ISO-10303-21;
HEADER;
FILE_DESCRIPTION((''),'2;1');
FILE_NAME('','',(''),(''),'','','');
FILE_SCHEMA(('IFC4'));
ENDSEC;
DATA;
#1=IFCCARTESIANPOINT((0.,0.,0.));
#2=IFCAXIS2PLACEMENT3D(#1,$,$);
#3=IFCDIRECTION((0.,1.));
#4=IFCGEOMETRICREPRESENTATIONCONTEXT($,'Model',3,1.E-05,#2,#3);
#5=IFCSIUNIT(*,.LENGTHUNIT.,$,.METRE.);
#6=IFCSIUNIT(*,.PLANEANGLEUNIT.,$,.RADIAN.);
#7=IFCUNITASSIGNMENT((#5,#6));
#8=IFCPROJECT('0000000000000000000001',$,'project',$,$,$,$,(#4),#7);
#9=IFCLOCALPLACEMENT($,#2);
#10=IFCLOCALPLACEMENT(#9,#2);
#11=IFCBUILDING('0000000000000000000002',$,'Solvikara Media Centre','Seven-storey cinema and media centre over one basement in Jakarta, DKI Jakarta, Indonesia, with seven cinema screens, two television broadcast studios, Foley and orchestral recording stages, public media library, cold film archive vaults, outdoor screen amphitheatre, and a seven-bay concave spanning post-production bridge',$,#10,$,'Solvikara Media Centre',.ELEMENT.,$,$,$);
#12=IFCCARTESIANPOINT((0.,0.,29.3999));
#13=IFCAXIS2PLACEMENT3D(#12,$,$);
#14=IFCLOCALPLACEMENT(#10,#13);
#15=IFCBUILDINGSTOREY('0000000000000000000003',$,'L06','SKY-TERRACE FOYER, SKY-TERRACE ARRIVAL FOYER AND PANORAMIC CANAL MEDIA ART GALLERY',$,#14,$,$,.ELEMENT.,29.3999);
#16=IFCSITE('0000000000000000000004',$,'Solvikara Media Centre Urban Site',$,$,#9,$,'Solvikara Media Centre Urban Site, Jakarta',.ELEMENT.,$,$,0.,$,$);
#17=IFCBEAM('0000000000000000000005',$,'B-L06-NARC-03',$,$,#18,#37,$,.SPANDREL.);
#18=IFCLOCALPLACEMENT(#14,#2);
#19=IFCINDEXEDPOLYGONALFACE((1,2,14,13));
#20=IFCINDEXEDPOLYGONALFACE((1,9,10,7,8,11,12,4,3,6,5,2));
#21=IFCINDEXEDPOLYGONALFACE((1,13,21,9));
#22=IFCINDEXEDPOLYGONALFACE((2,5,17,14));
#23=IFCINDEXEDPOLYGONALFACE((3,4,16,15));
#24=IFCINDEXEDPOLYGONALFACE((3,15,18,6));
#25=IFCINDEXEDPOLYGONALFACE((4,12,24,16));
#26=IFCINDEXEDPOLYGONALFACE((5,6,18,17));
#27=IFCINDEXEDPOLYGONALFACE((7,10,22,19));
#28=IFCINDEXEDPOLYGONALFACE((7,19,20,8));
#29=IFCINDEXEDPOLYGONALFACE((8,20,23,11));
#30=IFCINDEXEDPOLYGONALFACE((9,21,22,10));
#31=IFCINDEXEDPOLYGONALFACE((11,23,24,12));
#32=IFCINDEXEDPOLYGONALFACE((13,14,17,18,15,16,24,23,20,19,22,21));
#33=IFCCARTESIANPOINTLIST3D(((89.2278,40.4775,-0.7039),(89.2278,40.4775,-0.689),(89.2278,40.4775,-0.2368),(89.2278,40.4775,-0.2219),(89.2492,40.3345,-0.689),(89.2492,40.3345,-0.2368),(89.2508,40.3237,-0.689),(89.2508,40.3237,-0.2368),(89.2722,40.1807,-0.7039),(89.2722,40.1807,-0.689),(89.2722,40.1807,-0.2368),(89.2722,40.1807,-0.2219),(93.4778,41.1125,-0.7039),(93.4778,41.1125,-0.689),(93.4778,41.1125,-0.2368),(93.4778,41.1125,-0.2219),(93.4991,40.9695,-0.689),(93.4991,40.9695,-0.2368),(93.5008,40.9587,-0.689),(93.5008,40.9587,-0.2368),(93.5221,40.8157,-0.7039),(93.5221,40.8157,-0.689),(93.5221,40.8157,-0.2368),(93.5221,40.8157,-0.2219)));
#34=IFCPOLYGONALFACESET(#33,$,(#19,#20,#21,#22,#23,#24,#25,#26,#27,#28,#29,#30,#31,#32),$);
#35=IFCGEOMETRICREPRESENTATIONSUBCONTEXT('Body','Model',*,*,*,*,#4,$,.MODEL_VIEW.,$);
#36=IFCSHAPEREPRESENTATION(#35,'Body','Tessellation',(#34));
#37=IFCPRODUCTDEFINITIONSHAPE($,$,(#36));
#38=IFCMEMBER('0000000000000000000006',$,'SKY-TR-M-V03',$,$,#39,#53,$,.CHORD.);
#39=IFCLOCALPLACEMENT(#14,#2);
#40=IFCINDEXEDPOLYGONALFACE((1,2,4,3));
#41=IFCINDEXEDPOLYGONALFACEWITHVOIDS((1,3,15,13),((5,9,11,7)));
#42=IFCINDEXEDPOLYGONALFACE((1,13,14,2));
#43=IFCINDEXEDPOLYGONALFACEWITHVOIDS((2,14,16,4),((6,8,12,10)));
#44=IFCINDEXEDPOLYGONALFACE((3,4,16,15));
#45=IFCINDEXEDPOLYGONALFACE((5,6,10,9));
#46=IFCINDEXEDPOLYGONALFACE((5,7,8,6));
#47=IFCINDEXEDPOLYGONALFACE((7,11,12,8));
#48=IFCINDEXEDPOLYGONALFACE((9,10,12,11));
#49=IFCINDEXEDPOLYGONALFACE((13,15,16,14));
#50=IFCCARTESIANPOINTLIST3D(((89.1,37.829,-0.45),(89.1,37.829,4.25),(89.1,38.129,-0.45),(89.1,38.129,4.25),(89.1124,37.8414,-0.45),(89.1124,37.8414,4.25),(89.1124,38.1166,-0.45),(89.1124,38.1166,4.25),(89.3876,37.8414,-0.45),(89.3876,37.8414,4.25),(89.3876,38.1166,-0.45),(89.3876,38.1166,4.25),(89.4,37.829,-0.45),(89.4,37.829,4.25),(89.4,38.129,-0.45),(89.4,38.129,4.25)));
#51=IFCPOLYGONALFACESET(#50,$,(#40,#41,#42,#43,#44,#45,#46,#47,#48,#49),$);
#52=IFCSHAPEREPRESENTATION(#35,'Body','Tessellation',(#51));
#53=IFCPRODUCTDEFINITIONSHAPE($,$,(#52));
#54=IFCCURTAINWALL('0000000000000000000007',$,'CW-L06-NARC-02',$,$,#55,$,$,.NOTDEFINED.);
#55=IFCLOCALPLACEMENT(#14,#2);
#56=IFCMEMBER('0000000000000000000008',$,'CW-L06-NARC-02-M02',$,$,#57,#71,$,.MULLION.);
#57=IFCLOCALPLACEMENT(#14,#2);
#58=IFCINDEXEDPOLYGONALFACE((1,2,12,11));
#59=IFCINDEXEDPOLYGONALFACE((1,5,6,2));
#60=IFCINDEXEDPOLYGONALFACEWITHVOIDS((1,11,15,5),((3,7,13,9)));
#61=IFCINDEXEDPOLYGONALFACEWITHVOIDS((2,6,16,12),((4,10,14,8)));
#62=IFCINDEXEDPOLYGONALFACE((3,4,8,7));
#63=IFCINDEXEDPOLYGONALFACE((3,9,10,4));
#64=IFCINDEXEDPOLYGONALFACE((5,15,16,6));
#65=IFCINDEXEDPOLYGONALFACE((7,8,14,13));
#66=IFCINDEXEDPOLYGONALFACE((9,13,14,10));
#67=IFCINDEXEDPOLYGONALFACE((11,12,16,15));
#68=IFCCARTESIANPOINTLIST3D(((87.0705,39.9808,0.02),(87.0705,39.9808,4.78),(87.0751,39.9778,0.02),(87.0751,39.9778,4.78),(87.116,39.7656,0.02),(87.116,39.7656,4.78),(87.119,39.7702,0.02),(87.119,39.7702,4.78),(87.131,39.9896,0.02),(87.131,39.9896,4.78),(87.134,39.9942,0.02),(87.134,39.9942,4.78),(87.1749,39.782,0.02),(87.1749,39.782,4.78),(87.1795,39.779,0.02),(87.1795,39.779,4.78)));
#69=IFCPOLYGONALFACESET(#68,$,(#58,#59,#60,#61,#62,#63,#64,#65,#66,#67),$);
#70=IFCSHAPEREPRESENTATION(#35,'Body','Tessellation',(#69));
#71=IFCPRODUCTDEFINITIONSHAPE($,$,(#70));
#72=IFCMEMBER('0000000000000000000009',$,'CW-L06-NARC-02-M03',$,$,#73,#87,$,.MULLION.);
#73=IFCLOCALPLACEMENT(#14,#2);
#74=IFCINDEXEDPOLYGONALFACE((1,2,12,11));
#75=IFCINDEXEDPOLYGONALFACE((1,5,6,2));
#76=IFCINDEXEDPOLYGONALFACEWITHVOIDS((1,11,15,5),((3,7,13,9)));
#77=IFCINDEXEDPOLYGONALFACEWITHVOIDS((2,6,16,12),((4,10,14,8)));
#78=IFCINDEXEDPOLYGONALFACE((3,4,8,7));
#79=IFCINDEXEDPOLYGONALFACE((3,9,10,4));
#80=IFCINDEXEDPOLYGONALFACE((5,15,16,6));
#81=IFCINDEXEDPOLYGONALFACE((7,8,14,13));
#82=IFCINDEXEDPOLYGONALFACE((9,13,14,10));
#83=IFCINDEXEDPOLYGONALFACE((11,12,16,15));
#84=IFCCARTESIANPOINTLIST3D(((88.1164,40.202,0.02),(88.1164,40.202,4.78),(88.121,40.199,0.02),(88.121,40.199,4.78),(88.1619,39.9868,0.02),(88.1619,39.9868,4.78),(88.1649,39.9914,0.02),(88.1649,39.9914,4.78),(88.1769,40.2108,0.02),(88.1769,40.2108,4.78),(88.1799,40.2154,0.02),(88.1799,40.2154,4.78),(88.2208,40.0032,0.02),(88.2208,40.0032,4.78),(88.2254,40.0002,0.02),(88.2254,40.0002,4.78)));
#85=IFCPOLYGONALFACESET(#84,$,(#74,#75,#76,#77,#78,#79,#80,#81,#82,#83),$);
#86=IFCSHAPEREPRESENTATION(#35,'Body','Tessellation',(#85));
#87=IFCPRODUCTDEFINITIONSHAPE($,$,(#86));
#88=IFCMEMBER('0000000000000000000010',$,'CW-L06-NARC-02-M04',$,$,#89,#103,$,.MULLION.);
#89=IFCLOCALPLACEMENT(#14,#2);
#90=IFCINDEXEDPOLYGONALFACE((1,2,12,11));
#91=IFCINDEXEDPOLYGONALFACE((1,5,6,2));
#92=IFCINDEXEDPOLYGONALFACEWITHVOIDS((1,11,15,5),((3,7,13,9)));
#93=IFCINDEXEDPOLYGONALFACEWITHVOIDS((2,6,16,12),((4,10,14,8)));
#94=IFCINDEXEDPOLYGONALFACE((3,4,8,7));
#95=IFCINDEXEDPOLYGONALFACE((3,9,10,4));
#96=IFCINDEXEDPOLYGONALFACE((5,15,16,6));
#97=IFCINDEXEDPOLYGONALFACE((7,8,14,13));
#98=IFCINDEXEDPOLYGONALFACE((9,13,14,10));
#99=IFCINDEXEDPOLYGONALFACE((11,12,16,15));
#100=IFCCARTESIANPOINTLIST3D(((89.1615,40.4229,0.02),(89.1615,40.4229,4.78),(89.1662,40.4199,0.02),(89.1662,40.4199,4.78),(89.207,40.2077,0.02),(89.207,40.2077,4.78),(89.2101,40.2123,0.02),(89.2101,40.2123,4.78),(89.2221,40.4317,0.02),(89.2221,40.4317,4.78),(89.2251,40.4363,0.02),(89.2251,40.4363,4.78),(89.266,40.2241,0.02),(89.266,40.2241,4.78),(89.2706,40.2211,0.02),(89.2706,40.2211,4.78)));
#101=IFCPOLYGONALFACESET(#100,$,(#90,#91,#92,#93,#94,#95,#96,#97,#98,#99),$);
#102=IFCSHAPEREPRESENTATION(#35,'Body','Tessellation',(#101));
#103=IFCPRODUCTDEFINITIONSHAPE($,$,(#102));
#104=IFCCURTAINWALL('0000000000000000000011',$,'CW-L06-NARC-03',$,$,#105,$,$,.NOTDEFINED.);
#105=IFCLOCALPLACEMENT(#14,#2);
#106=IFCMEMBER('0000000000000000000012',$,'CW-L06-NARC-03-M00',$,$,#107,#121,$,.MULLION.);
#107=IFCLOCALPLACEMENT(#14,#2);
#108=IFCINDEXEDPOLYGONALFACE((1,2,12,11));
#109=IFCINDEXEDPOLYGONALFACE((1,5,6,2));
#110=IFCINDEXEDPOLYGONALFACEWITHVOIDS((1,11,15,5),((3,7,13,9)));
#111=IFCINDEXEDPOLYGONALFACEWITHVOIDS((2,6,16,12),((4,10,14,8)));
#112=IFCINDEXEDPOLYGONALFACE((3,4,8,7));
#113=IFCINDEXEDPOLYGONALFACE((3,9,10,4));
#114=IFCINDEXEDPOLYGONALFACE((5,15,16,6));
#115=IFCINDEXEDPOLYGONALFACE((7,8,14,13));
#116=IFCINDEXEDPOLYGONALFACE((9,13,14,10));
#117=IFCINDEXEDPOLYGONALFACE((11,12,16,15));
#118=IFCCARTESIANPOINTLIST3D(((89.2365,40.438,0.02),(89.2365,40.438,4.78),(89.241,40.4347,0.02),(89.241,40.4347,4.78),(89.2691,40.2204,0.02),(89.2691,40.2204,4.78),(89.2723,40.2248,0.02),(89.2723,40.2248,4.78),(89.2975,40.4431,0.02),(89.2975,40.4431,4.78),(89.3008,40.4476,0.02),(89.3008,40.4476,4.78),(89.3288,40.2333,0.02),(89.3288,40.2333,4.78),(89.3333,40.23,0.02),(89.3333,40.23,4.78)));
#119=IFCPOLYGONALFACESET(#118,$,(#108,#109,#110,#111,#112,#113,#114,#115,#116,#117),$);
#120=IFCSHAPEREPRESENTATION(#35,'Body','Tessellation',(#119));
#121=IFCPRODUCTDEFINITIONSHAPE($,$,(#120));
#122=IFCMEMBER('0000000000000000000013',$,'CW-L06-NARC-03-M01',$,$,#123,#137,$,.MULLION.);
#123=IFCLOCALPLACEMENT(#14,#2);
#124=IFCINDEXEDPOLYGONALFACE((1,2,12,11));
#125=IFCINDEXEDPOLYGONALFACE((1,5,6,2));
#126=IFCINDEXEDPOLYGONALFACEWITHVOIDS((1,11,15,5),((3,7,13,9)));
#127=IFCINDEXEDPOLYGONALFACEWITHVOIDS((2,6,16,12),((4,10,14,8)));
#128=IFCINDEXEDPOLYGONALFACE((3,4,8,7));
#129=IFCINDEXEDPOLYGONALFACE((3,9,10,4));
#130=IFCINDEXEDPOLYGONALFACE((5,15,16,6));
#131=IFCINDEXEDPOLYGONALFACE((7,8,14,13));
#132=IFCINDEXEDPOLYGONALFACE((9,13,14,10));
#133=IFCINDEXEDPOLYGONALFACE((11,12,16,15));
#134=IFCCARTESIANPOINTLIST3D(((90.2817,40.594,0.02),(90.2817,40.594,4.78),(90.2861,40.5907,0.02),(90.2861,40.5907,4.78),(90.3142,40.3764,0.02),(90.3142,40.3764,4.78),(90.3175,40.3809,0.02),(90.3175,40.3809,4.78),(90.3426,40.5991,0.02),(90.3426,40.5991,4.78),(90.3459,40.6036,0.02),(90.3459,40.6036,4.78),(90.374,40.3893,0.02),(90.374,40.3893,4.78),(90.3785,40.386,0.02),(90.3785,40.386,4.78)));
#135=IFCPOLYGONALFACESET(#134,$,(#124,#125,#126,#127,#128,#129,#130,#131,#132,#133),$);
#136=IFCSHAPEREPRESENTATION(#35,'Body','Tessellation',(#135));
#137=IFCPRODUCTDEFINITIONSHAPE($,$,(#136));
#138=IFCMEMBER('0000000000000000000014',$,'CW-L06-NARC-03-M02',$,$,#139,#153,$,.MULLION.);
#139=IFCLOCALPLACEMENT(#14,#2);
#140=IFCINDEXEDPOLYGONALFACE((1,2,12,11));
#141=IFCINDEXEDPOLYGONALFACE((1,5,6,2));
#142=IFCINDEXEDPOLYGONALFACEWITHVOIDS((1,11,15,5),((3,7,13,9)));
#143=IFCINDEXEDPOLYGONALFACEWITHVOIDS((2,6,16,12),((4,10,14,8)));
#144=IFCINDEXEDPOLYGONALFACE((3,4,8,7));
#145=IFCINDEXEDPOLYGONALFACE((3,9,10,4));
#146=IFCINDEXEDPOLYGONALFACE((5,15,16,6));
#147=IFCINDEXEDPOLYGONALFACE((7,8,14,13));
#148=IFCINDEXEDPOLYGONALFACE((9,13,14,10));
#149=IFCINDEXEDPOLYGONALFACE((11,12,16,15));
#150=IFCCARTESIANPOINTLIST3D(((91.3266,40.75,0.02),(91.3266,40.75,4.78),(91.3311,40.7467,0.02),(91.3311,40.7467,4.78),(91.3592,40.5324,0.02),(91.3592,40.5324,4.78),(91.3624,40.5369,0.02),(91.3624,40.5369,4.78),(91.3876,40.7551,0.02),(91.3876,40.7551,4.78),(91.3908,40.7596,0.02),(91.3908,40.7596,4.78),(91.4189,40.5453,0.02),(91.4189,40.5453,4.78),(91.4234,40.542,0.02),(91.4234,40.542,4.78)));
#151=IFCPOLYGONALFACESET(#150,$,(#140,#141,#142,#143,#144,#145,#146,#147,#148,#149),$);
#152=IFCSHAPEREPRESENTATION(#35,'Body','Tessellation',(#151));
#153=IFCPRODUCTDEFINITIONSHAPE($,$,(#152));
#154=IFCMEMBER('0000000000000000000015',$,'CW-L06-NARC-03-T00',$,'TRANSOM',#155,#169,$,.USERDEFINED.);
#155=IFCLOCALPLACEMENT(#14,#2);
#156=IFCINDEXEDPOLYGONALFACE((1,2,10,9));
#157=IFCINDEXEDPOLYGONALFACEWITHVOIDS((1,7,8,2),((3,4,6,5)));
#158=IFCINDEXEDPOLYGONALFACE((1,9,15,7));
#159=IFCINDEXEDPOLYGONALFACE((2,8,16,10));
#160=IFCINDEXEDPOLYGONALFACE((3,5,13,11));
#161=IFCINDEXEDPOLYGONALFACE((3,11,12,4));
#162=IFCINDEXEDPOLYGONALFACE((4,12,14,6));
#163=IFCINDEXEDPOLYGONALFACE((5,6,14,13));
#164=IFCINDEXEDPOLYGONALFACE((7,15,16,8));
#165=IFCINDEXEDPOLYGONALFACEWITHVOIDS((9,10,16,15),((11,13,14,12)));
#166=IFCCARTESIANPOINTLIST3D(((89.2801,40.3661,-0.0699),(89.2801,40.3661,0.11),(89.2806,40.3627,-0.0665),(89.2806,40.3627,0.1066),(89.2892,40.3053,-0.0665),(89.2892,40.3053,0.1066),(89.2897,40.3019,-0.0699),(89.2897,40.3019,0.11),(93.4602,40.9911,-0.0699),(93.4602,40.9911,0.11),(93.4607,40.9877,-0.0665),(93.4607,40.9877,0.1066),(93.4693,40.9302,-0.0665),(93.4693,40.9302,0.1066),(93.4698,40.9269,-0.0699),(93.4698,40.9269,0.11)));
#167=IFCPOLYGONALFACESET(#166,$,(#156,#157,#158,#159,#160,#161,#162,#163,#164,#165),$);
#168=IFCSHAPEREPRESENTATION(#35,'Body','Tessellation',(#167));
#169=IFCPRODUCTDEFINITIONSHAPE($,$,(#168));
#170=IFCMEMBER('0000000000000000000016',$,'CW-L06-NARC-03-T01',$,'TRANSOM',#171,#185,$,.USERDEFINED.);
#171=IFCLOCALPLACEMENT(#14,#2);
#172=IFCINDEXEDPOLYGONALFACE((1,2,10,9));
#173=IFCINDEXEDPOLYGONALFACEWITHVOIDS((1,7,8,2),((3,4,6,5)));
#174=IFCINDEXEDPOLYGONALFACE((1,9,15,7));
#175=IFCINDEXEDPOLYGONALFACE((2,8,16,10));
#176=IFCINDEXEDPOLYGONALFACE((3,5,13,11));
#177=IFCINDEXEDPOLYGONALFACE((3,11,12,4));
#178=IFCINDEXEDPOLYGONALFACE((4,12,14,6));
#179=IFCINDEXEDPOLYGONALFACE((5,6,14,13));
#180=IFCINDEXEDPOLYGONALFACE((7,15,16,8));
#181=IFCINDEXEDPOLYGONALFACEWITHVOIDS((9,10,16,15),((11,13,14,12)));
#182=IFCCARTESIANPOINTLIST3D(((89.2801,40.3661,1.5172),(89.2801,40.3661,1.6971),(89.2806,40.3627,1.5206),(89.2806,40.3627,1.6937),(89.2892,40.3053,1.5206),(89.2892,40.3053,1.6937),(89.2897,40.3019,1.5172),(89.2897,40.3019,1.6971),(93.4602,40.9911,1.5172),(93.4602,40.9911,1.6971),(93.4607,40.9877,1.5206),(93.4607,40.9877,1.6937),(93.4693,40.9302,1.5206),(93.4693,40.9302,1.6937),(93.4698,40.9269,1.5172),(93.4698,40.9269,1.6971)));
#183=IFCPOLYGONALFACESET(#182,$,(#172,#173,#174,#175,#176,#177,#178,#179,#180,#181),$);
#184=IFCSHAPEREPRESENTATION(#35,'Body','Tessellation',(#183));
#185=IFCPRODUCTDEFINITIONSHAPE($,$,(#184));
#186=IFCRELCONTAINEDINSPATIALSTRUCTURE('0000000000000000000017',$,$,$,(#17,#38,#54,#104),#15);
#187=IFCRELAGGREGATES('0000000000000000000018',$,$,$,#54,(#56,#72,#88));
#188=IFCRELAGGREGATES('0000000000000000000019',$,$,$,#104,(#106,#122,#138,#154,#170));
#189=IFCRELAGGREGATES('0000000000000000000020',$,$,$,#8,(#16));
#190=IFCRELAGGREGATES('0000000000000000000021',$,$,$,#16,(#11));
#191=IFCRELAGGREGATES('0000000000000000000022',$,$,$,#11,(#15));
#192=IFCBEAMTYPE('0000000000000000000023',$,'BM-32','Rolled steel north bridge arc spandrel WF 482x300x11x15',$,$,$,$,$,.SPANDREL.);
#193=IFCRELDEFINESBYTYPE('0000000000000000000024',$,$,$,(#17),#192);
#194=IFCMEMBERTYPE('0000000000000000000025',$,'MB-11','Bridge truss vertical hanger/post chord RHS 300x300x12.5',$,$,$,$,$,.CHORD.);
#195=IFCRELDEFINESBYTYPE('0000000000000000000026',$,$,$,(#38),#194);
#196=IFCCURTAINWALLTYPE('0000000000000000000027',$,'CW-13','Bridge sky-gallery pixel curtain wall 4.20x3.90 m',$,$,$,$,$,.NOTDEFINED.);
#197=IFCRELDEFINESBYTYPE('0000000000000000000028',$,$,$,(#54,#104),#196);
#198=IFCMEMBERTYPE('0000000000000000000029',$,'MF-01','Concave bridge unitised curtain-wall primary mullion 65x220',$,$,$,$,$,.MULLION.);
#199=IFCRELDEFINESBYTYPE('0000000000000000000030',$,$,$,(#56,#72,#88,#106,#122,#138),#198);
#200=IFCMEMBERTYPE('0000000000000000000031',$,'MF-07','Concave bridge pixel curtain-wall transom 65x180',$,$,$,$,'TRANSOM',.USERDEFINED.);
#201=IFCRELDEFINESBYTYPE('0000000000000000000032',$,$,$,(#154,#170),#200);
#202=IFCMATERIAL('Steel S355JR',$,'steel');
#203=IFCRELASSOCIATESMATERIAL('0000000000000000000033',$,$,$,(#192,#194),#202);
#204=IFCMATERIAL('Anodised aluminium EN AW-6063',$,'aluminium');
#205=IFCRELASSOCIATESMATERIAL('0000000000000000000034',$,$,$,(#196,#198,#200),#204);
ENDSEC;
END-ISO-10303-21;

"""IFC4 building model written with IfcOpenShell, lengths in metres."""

from ifc_helpers import new_model, si_unit, direction, frame, origin, origin_2d, place, context, subcontext, project, spatial, hollow_rectangle, i_section, extrude, material, material_profile, profile_set, type_object, element, aggregate, save


model = new_model("IFC4")

# Units and contexts
model_context = context("Model", 3, precision=1e-05, world=origin(), true_north=direction((0.0, 1.0)))
body_context = subcontext(model_context, "Body", "Model", "MODEL_VIEW")
ifc_project = project(units=[si_unit("LENGTHUNIT", "METRE"), si_unit("PLANEANGLEUNIT", "RADIAN")], contexts=[model_context])

# Site, building, storey
site_placement = place(None, origin())
site = spatial("IfcSite", under=ifc_project, at=site_placement, Name="Solvikara Media Centre Urban Site", LongName="Solvikara Media Centre Urban Site, Jakarta", CompositionType="ELEMENT", RefElevation=0.0)
building_placement = place(site_placement, origin())
building = spatial("IfcBuilding", under=site, at=building_placement, Name="Solvikara Media Centre", Description="Seven-storey cinema and media centre over one basement in Jakarta, DKI Jakarta, Indonesia, with seven cinema screens, two television broadcast studios, Foley and orchestral recording stages, public media library, cold film archive vaults, outdoor screen amphitheatre, and a seven-bay concave spanning post-production bridge", LongName="Solvikara Media Centre", CompositionType="ELEMENT")
storey_placement = place(building_placement, frame((0.0, 0.0, 29.3999)))
storey = spatial("IfcBuildingStorey", under=building, at=storey_placement, Name="L06", Description="SKY-TERRACE FOYER, SKY-TERRACE ARRIVAL FOYER AND PANORAMIC CANAL MEDIA ART GALLERY", CompositionType="ELEMENT", Elevation=29.3999)

# Beam
ifc_material_1 = material(Name="Steel S355JR", Category="steel")
ifc_material_profile_1 = material_profile(ifc_material_1, i_section(OverallWidth=0.3, OverallDepth=0.4819, WebThickness=0.011, FlangeThickness=0.0149, at=origin_2d()), Name="WF 482x300x11x15")
ifc_profile_set_1 = profile_set([ifc_material_profile_1], Name="Steel S355JR")
beam_type = type_object("IfcBeamType", Name="BM-32", Description="Rolled steel north bridge arc spandrel WF 482x300x11x15", PredefinedType="SPANDREL", material=ifc_profile_set_1)
beam_placement = place(storey_placement, frame((89.25, 40.3291, -0.4629), z_axis=(0.989021, 0.147774, 0.0), x_axis=(-0.147774, 0.989021, 0.0)))
element("IfcBeam", 1, at=beam_placement, inside=storey, type_object=beam_type, Name="B-L06-NARC-03", PredefinedType="SPANDREL", context=body_context, shape_type="SweptSolid", body=[
    extrude(i_section(OverallWidth=0.3, OverallDepth=0.4819, WebThickness=0.011, FlangeThickness=0.0149, at=origin_2d()), origin(), (0.0, 0.0, 1.0), 4.2971),
])

# Member
ifc_material_profile_2 = material_profile(ifc_material_1, hollow_rectangle(XDim=0.3, YDim=0.3, WallThickness=0.0125, at=origin_2d()), Name="RHS 300x300x12.5")
ifc_profile_set_2 = profile_set([ifc_material_profile_2], Name="Steel S355JR")
member_type_1 = type_object("IfcMemberType", Name="MB-11", Description="Bridge truss vertical hanger/post chord RHS 300x300x12.5", PredefinedType="CHORD", material=ifc_profile_set_2)
member_1_placement = place(storey_placement, frame((89.25, 37.979, -0.45), z_axis=(0.0, 0.0, 1.0), x_axis=(1.0, 0.0, 0.0)))
element("IfcMember", 2, at=member_1_placement, inside=storey, type_object=member_type_1, Name="SKY-TR-M-V03", PredefinedType="CHORD", context=body_context, shape_type="SweptSolid", body=[
    extrude(hollow_rectangle(XDim=0.3, YDim=0.3, WallThickness=0.0125, at=origin_2d()), origin(), (0.0, 0.0, 1.0), 4.7),
])

# Curtain walls, members
ifc_material_2 = material(Name="Anodised aluminium EN AW-6063", Category="aluminium")
curtain_wall_type = type_object("IfcCurtainWallType", Name="CW-13", Description="Bridge sky-gallery pixel curtain wall 4.20x3.90 m", PredefinedType="NOTDEFINED", material=ifc_material_2)
curtain_wall_1_placement = place(storey_placement, origin())
curtain_wall_1 = element("IfcCurtainWall", 3, at=curtain_wall_1_placement, inside=storey, type_object=curtain_wall_type, Name="CW-L06-NARC-02", PredefinedType="NOTDEFINED")
ifc_material_profile_3 = material_profile(ifc_material_2, hollow_rectangle(XDim=0.0649, YDim=0.22, WallThickness=0.0039, at=origin_2d()), Name="ALU-M 65x220x4")
ifc_profile_set_3 = profile_set([ifc_material_profile_3], Name="Anodised aluminium EN AW-6063")
member_type_2 = type_object("IfcMemberType", Name="MF-01", Description="Concave bridge unitised curtain-wall primary mullion 65x220", PredefinedType="MULLION", material=ifc_profile_set_3)
member_2_placement = place(storey_placement, frame((87.125, 39.8799, 0.02), z_axis=(0.0, 0.0, 1.0), x_axis=(0.978379, 0.206819, 0.0)))
member_2 = element("IfcMember", 4, at=member_2_placement, type_object=member_type_2, Name="CW-L06-NARC-02-M02", PredefinedType="MULLION", context=body_context, shape_type="SweptSolid", body=[
    extrude(hollow_rectangle(XDim=0.0649, YDim=0.22, WallThickness=0.0039, at=origin_2d()), origin(), (0.0, 0.0, 1.0), 4.76),
])
member_3_placement = place(storey_placement, frame((88.1709, 40.1011, 0.02), z_axis=(0.0, 0.0, 1.0), x_axis=(0.978379, 0.206819, 0.0)))
member_3 = element("IfcMember", 5, at=member_3_placement, type_object=member_type_2, Name="CW-L06-NARC-02-M03", PredefinedType="MULLION", context=body_context, shape_type="SweptSolid", body=[
    extrude(hollow_rectangle(XDim=0.0649, YDim=0.22, WallThickness=0.0039, at=origin_2d()), origin(), (0.0, 0.0, 1.0), 4.76),
])
member_4_placement = place(storey_placement, frame((89.2161, 40.322, 0.02), z_axis=(0.0, 0.0, 1.0), x_axis=(0.978379, 0.206819, 0.0)))
member_4 = element("IfcMember", 6, at=member_4_placement, type_object=member_type_2, Name="CW-L06-NARC-02-M04", PredefinedType="MULLION", context=body_context, shape_type="SweptSolid", body=[
    extrude(hollow_rectangle(XDim=0.0649, YDim=0.22, WallThickness=0.0039, at=origin_2d()), origin(), (0.0, 0.0, 1.0), 4.76),
])
curtain_wall_2_placement = place(storey_placement, origin())
curtain_wall_2 = element("IfcCurtainWall", 7, at=curtain_wall_2_placement, inside=storey, type_object=curtain_wall_type, Name="CW-L06-NARC-03", PredefinedType="NOTDEFINED")
member_5_placement = place(storey_placement, frame((89.2849, 40.334, 0.02), z_axis=(0.0, 0.0, 1.0), x_axis=(0.989006, 0.147878, 0.0)))
member_5 = element("IfcMember", 8, at=member_5_placement, type_object=member_type_2, Name="CW-L06-NARC-03-M00", PredefinedType="MULLION", context=body_context, shape_type="SweptSolid", body=[
    extrude(hollow_rectangle(XDim=0.0649, YDim=0.22, WallThickness=0.0039, at=origin_2d()), origin(), (0.0, 0.0, 1.0), 4.76),
])
member_6_placement = place(storey_placement, frame((90.3301, 40.49, 0.02), z_axis=(0.0, 0.0, 1.0), x_axis=(0.989006, 0.147878, 0.0)))
member_6 = element("IfcMember", 9, at=member_6_placement, type_object=member_type_2, Name="CW-L06-NARC-03-M01", PredefinedType="MULLION", context=body_context, shape_type="SweptSolid", body=[
    extrude(hollow_rectangle(XDim=0.0649, YDim=0.22, WallThickness=0.0039, at=origin_2d()), origin(), (0.0, 0.0, 1.0), 4.76),
])
member_7_placement = place(storey_placement, frame((91.375, 40.646, 0.02), z_axis=(0.0, 0.0, 1.0), x_axis=(0.989006, 0.147878, 0.0)))
member_7 = element("IfcMember", 10, at=member_7_placement, type_object=member_type_2, Name="CW-L06-NARC-03-M02", PredefinedType="MULLION", context=body_context, shape_type="SweptSolid", body=[
    extrude(hollow_rectangle(XDim=0.0649, YDim=0.22, WallThickness=0.0039, at=origin_2d()), origin(), (0.0, 0.0, 1.0), 4.76),
])
ifc_material_profile_4 = material_profile(ifc_material_2, hollow_rectangle(XDim=0.0649, YDim=0.1799, WallThickness=0.0034, at=origin_2d()), Name="ALU-T 65x180x3.5")
ifc_profile_set_4 = profile_set([ifc_material_profile_4], Name="Anodised aluminium EN AW-6063")
member_type_3 = type_object("IfcMemberType", Name="MF-07", Description="Concave bridge pixel curtain-wall transom 65x180", ElementType="TRANSOM", PredefinedType="USERDEFINED", material=ifc_profile_set_4)
member_8_placement = place(storey_placement, frame((89.2849, 40.334, 0.02), z_axis=(0.989007, 0.147872, 0.0), x_axis=(-0.147872, 0.989007, 0.0)))
member_8 = element("IfcMember", 11, at=member_8_placement, type_object=member_type_3, Name="CW-L06-NARC-03-T00", ObjectType="TRANSOM", PredefinedType="USERDEFINED", context=body_context, shape_type="SweptSolid", body=[
    extrude(hollow_rectangle(XDim=0.0649, YDim=0.1799, WallThickness=0.0034, at=origin_2d()), origin(), (0.0, 0.0, 1.0), 4.2266),
])
member_9_placement = place(storey_placement, frame((89.2849, 40.334, 1.6072), z_axis=(0.989007, 0.147872, 0.0), x_axis=(-0.147872, 0.989007, 0.0)))
member_9 = element("IfcMember", 12, at=member_9_placement, type_object=member_type_3, Name="CW-L06-NARC-03-T01", ObjectType="TRANSOM", PredefinedType="USERDEFINED", context=body_context, shape_type="SweptSolid", body=[
    extrude(hollow_rectangle(XDim=0.0649, YDim=0.1799, WallThickness=0.0034, at=origin_2d()), origin(), (0.0, 0.0, 1.0), 4.2266),
])

aggregate(curtain_wall_1, [member_2, member_3, member_4])
aggregate(curtain_wall_2, [member_5, member_6, member_7, member_8, member_9])

save(model, "model.ifc")
